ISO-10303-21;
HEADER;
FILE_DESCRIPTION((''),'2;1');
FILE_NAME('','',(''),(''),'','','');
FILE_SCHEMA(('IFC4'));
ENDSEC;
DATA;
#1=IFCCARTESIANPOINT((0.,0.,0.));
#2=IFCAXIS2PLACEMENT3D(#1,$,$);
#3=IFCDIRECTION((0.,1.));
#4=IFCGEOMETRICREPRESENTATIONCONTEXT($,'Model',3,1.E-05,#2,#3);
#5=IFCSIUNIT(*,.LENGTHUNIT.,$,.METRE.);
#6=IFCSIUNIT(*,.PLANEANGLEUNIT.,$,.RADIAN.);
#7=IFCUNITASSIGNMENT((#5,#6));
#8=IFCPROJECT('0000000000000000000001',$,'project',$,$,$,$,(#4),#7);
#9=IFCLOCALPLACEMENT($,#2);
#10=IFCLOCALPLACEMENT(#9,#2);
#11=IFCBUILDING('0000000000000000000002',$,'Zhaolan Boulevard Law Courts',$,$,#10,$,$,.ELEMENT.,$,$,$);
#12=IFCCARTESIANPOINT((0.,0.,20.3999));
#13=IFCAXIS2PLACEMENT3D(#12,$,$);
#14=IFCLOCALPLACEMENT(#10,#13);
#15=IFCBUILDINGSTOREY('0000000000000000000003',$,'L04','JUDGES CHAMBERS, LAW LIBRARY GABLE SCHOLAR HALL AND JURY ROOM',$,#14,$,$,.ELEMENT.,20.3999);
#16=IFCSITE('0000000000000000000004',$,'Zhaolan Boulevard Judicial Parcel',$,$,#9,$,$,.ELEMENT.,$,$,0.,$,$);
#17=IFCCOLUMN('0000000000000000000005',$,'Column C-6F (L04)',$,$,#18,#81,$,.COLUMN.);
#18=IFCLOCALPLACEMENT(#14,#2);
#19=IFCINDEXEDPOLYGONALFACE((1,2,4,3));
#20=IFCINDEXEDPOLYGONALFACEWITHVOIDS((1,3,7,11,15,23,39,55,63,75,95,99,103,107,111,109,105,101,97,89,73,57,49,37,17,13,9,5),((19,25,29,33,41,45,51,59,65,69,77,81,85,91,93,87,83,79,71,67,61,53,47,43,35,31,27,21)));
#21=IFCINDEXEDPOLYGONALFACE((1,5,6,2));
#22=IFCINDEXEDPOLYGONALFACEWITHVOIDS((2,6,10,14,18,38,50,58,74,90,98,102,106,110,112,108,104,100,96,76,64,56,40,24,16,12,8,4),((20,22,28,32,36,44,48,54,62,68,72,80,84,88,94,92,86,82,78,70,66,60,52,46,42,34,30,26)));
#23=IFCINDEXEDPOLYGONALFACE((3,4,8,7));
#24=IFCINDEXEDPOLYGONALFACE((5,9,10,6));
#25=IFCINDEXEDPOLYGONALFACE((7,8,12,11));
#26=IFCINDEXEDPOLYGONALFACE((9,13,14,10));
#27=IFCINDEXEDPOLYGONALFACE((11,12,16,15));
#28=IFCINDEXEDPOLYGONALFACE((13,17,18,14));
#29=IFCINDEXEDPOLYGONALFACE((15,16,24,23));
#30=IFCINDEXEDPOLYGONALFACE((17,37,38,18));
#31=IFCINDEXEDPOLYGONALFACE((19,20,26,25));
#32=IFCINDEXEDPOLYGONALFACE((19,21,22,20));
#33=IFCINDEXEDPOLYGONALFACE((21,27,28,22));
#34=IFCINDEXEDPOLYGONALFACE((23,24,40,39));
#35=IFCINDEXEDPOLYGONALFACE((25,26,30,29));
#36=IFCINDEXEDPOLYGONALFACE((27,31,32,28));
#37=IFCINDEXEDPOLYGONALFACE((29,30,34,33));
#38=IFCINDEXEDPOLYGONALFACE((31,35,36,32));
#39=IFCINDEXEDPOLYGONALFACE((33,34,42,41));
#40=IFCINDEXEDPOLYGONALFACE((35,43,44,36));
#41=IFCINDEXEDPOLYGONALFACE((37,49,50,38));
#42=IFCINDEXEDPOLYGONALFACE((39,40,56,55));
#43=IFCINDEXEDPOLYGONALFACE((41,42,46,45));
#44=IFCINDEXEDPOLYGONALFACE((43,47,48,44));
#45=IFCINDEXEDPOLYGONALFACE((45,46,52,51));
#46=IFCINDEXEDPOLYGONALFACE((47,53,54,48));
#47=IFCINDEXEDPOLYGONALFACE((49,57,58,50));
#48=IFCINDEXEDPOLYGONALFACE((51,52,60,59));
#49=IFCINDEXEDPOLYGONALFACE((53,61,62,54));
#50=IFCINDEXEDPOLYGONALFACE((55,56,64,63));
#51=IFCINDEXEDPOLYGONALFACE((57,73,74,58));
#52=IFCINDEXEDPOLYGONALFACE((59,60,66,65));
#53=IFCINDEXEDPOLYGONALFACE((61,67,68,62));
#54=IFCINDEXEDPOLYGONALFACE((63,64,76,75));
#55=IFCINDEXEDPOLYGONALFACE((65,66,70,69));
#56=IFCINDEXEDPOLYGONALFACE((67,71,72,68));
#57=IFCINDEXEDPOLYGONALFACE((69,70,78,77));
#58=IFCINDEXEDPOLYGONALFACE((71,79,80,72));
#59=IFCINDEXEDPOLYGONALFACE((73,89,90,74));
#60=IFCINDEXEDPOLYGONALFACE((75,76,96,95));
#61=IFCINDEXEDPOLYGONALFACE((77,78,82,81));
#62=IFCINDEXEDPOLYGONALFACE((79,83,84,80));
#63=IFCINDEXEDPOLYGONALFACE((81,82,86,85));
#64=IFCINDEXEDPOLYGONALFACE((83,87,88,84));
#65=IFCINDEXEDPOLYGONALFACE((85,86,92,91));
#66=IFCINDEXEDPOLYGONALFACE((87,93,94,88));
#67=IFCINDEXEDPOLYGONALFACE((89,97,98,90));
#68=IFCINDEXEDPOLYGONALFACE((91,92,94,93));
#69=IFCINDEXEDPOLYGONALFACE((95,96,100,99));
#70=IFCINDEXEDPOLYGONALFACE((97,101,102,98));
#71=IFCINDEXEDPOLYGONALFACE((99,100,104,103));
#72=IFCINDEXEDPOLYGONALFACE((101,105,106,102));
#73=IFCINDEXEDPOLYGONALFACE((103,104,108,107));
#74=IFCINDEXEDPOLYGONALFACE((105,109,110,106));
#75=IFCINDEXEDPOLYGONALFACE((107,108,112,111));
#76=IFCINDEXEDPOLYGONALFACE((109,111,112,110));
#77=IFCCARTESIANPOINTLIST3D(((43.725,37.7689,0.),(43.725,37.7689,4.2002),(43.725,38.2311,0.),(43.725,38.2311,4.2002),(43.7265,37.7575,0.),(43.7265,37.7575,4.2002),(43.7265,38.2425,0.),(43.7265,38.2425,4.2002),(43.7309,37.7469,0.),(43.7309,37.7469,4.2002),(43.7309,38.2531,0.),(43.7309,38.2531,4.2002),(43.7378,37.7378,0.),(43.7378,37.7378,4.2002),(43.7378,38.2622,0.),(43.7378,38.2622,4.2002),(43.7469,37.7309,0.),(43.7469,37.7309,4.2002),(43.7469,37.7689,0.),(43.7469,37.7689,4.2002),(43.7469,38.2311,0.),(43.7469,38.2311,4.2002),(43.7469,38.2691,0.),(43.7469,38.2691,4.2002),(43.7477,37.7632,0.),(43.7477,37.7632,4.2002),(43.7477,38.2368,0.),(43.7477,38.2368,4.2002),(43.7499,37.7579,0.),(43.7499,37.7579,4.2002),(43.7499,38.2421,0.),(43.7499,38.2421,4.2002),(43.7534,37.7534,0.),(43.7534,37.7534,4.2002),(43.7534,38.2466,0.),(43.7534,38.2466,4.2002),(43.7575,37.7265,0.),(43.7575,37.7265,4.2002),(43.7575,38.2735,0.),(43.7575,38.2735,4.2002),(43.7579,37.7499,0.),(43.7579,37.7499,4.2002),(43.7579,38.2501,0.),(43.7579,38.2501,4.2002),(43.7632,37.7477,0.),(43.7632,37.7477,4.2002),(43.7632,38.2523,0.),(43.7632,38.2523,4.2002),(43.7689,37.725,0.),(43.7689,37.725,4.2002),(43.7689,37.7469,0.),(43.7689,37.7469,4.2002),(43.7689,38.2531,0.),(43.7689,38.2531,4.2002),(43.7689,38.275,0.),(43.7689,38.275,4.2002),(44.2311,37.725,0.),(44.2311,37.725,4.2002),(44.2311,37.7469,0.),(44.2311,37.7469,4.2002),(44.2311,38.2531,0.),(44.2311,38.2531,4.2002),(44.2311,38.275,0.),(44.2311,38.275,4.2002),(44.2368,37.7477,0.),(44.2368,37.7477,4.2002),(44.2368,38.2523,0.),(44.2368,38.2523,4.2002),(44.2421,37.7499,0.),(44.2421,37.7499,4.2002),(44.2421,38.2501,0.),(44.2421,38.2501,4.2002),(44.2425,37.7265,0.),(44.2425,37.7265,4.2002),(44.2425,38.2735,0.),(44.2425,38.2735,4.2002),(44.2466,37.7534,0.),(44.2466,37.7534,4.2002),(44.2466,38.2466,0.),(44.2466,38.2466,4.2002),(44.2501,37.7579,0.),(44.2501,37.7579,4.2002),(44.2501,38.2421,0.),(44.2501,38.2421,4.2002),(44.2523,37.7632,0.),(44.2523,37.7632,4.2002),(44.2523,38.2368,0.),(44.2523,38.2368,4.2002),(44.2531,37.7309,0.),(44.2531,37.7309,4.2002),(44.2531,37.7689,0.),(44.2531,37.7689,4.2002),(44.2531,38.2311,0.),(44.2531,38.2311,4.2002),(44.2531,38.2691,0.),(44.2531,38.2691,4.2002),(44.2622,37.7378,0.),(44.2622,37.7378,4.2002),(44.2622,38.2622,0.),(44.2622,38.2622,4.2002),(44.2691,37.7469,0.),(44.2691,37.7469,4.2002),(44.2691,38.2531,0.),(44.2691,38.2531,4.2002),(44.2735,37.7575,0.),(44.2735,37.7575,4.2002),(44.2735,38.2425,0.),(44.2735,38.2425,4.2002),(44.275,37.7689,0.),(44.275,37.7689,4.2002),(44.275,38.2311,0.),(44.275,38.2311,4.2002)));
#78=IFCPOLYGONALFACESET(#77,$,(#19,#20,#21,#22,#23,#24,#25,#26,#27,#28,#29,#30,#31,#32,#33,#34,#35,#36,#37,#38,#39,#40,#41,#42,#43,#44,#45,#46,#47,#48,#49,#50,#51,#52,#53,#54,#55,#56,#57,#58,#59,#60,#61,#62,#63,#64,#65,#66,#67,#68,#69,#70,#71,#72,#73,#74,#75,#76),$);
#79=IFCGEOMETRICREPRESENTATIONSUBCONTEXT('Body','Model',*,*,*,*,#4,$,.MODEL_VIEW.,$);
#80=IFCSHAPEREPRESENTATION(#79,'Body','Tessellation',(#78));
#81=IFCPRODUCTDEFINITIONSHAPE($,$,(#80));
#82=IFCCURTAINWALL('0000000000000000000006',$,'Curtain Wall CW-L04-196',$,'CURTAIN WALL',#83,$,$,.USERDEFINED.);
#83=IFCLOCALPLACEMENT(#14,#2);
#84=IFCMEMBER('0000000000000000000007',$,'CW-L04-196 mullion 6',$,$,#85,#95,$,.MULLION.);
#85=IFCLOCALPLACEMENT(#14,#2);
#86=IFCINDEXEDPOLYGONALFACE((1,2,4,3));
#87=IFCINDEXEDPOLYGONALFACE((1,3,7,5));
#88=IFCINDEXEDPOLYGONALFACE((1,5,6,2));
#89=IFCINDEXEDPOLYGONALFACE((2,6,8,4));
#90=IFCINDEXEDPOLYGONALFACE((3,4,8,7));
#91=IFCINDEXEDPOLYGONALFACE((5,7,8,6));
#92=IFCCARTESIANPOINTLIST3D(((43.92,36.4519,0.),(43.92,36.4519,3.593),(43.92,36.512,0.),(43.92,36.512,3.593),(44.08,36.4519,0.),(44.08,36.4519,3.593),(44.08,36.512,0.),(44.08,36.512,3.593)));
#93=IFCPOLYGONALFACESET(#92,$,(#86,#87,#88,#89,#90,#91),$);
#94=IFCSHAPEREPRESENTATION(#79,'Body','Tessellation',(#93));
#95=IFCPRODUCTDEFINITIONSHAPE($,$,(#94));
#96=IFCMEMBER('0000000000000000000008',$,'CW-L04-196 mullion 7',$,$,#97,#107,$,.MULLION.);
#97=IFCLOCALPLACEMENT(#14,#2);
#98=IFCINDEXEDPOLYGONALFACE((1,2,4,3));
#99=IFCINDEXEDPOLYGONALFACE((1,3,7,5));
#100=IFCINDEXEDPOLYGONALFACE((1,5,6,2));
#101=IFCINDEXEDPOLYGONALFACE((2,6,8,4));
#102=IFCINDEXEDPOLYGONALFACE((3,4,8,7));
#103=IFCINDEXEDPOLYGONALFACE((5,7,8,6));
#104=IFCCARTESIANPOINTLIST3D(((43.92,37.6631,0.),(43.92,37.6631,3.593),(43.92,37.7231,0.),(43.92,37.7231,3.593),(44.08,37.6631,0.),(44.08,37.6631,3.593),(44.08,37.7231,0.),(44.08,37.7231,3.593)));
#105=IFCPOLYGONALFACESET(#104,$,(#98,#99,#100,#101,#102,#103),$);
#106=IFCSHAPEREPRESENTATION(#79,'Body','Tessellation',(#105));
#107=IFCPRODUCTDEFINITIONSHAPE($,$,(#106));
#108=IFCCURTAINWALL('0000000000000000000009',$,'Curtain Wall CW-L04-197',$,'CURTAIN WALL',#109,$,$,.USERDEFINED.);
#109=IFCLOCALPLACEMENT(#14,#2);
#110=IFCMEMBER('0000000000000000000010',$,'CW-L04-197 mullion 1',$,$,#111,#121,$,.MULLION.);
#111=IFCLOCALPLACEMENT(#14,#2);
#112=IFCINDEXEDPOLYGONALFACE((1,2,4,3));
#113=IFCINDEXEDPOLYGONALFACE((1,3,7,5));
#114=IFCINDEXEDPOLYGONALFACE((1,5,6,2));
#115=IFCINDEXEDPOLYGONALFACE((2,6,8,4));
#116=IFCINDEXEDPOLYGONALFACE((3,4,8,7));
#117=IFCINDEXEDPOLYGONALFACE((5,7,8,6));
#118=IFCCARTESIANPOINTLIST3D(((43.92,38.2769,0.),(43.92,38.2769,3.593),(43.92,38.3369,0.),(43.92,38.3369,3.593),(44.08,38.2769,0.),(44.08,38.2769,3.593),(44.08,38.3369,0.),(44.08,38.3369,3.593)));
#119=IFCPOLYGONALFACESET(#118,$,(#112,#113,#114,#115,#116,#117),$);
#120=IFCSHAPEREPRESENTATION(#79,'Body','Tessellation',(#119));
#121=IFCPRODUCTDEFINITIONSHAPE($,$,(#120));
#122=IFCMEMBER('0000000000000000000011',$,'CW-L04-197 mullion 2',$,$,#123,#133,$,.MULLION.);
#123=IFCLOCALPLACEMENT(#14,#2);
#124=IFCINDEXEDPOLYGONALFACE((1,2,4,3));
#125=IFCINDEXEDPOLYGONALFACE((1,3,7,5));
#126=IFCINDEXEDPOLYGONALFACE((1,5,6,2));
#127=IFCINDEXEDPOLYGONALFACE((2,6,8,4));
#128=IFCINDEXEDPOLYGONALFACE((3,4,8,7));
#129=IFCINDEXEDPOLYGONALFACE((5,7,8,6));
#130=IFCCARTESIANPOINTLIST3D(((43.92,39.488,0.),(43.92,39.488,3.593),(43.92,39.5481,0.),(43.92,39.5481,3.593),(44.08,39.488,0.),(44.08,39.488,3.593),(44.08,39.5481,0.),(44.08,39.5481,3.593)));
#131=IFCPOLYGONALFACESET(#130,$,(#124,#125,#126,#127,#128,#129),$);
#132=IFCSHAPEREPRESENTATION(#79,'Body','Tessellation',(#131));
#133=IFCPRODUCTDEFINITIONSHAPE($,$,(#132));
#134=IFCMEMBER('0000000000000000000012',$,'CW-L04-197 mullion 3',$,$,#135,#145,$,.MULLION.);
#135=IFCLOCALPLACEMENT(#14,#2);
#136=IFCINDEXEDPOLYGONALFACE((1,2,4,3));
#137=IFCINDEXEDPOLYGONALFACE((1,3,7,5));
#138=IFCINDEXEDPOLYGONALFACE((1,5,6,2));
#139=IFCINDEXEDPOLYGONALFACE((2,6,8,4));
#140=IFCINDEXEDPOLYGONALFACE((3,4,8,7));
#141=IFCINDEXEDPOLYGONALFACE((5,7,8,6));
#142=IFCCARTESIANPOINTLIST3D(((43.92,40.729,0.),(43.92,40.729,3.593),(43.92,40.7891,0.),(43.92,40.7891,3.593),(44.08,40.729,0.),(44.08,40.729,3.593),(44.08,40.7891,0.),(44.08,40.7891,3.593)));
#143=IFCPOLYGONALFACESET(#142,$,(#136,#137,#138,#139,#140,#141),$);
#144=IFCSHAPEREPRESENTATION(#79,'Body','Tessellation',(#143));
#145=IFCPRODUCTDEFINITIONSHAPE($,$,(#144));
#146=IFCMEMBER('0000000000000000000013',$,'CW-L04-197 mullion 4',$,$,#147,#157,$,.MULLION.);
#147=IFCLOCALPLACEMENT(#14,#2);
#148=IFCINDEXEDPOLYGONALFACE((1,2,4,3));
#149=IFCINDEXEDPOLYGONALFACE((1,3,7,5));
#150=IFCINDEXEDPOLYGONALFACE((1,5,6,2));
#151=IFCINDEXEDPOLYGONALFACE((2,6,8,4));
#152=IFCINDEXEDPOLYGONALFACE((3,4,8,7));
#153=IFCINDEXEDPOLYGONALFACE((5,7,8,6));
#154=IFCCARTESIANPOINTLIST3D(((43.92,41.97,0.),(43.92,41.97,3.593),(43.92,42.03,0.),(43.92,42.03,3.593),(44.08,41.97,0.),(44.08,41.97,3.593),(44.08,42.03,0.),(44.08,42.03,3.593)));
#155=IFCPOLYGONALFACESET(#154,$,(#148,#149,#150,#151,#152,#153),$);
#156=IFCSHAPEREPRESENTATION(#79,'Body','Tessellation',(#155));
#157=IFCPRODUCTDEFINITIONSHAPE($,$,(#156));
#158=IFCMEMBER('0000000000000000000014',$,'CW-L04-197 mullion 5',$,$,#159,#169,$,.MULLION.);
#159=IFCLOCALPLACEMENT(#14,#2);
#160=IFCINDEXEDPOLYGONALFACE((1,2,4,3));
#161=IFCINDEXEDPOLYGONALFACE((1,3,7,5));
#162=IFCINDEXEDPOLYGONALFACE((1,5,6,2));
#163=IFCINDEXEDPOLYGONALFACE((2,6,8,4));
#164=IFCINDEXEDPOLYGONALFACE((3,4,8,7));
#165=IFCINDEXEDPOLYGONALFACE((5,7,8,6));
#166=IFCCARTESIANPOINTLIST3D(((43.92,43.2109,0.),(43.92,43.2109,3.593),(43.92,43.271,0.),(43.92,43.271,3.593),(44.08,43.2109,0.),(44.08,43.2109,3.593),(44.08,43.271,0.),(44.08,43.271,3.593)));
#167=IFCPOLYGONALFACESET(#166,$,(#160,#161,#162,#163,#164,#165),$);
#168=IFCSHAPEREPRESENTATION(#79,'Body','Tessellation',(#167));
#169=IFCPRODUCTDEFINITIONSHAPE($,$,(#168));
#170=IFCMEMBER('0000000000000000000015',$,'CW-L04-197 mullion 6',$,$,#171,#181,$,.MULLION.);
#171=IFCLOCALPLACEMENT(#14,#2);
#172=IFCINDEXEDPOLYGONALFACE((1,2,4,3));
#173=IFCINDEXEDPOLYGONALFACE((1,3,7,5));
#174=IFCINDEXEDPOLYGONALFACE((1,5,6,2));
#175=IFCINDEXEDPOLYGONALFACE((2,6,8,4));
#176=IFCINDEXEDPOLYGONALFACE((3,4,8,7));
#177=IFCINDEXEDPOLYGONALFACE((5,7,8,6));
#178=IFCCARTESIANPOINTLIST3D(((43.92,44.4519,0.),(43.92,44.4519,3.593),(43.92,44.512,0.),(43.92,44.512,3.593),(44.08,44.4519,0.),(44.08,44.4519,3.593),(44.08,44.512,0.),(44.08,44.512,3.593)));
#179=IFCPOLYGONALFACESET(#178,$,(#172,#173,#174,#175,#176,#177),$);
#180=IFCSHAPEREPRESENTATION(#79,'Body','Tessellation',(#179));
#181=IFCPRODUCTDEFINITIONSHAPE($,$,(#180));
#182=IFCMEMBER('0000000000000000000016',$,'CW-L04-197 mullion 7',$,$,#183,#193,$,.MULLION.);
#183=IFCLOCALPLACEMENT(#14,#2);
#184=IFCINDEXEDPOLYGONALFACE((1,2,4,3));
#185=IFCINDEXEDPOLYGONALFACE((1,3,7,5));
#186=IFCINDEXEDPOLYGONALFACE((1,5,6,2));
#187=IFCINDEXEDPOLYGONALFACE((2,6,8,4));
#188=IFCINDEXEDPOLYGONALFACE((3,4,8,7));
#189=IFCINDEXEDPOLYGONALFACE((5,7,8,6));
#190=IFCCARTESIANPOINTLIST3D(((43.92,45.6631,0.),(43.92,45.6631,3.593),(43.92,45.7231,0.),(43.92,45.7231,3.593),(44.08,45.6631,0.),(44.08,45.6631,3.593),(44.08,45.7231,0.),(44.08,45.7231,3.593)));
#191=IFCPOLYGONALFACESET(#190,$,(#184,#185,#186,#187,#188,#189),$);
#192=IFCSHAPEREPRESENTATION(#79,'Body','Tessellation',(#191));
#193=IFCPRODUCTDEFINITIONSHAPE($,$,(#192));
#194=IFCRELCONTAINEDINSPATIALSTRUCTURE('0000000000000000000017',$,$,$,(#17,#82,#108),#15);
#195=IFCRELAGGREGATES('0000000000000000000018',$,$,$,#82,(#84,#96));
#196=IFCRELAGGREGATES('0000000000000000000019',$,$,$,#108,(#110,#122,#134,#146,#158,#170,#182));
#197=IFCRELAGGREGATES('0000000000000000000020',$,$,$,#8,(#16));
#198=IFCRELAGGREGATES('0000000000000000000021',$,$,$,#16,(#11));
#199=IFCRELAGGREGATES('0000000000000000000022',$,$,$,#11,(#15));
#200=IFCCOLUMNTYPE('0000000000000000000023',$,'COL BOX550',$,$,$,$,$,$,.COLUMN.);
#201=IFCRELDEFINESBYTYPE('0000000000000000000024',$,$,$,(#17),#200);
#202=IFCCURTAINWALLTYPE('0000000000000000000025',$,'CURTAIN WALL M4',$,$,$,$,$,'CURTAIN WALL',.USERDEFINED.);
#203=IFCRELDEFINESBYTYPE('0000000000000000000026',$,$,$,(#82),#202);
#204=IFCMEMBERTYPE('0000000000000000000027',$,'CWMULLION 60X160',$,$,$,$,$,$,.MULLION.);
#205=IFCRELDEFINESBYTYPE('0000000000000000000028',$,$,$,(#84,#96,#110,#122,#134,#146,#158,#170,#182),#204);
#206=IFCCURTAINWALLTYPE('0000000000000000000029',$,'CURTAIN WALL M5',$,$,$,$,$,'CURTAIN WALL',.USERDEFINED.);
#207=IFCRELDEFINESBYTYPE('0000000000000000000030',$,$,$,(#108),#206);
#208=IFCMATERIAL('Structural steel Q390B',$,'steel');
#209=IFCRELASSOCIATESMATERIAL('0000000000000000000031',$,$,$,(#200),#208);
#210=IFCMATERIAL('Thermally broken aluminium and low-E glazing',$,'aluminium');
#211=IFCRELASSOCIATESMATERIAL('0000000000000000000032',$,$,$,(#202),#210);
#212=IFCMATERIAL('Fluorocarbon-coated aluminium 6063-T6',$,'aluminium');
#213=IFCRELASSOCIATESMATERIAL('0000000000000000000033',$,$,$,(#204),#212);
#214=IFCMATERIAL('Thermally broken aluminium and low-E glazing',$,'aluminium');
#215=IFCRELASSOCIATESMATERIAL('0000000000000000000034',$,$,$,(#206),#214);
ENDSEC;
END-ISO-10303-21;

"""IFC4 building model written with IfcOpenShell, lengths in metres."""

from ifc_helpers import new_model, si_unit, direction, frame, origin, origin_2d, place, context, subcontext, project, spatial, rectangle, hollow_rectangle, extrude, material, material_profile, profile_set, type_object, element, aggregate, save


model = new_model("IFC4")

# Units and contexts
model_context = context("Model", 3, precision=1e-05, world=origin(), true_north=direction((0.0, 1.0)))
body_context = subcontext(model_context, "Body", "Model", "MODEL_VIEW")
ifc_project = project(units=[si_unit("LENGTHUNIT", "METRE"), si_unit("PLANEANGLEUNIT", "RADIAN")], contexts=[model_context])

# Site, building, storey
site_placement = place(None, origin())
site = spatial("IfcSite", under=ifc_project, at=site_placement, Name="Zhaolan Boulevard Judicial Parcel", CompositionType="ELEMENT", RefElevation=0.0)
building_placement = place(site_placement, origin())
building = spatial("IfcBuilding", under=site, at=building_placement, Name="Zhaolan Boulevard Law Courts", CompositionType="ELEMENT")
storey_placement = place(building_placement, frame((0.0, 0.0, 20.3999)))
storey = spatial("IfcBuildingStorey", under=building, at=storey_placement, Name="L04", Description="JUDGES CHAMBERS, LAW LIBRARY GABLE SCHOLAR HALL AND JURY ROOM", CompositionType="ELEMENT", Elevation=20.3999)

# Column
ifc_material_1 = material(Name="Structural steel Q390B", Category="steel")
ifc_material_profile_1 = material_profile(ifc_material_1, hollow_rectangle(XDim=0.55, YDim=0.55, WallThickness=0.022, InnerFilletRadius=0.022, OuterFilletRadius=0.0439, at=origin_2d()), Name="BOX550x550x22")
ifc_profile_set_1 = profile_set([ifc_material_profile_1], Name="Structural steel Q390B")
column_type = type_object("IfcColumnType", Name="COL BOX550", PredefinedType="COLUMN", material=ifc_profile_set_1)
column_placement = place(storey_placement, frame((44.0, 38.0, 0.0), z_axis=(0.0, 0.0, 1.0), x_axis=(1.0, 0.0, 0.0)))
element("IfcColumn", 1, at=column_placement, inside=storey, type_object=column_type, Name="Column C-6F (L04)", PredefinedType="COLUMN", context=body_context, shape_type="SweptSolid", body=[
    extrude(hollow_rectangle(XDim=0.55, YDim=0.55, WallThickness=0.022, InnerFilletRadius=0.022, OuterFilletRadius=0.0439, at=origin_2d()), origin(), (0.0, 0.0, 1.0), 4.2002),
])

# Curtain walls, members
ifc_material_2 = material(Name="Thermally broken aluminium and low-E glazing", Category="aluminium")
curtain_wall_type_1 = type_object("IfcCurtainWallType", Name="CURTAIN WALL M4", ElementType="CURTAIN WALL", PredefinedType="USERDEFINED", material=ifc_material_2)
curtain_wall_1_placement = place(storey_placement, origin())
curtain_wall_1 = element("IfcCurtainWall", 2, at=curtain_wall_1_placement, inside=storey, type_object=curtain_wall_type_1, Name="Curtain Wall CW-L04-196", ObjectType="CURTAIN WALL", PredefinedType="USERDEFINED")
ifc_material_3 = material(Name="Fluorocarbon-coated aluminium 6063-T6", Category="aluminium")
ifc_material_profile_2 = material_profile(ifc_material_3, rectangle(XDim=0.1599, YDim=0.0601, at=origin_2d()), Name="AL60x160")
ifc_profile_set_2 = profile_set([ifc_material_profile_2], Name="Fluorocarbon-coated aluminium 6063-T6")
member_type_1 = type_object("IfcMemberType", Name="CWMULLION 60X160", PredefinedType="MULLION", material=ifc_profile_set_2)
member_1_placement = place(storey_placement, frame((44.0, 36.4819, 0.0), z_axis=(0.0, 0.0, 1.0), x_axis=(-1.0, 0.0, 0.0)))
member_1 = element("IfcMember", 3, at=member_1_placement, type_object=member_type_1, Name="CW-L04-196 mullion 6", PredefinedType="MULLION", context=body_context, shape_type="SweptSolid", body=[
    extrude(rectangle(XDim=0.1599, YDim=0.0601, at=origin_2d()), origin(), (0.0, 0.0, 1.0), 3.593),
])
member_2_placement = place(storey_placement, frame((44.0, 37.6931, 0.0), z_axis=(0.0, 0.0, 1.0), x_axis=(-1.0, 0.0, 0.0)))
member_2 = element("IfcMember", 4, at=member_2_placement, type_object=member_type_1, Name="CW-L04-196 mullion 7", PredefinedType="MULLION", context=body_context, shape_type="SweptSolid", body=[
    extrude(rectangle(XDim=0.1599, YDim=0.0601, at=origin_2d()), origin(), (0.0, 0.0, 1.0), 3.593),
])
ifc_material_4 = material(Name="Thermally broken aluminium and low-E glazing", Category="aluminium")
curtain_wall_type_2 = type_object("IfcCurtainWallType", Name="CURTAIN WALL M5", ElementType="CURTAIN WALL", PredefinedType="USERDEFINED", material=ifc_material_4)
curtain_wall_2_placement = place(storey_placement, origin())
curtain_wall_2 = element("IfcCurtainWall", 5, at=curtain_wall_2_placement, inside=storey, type_object=curtain_wall_type_2, Name="Curtain Wall CW-L04-197", ObjectType="CURTAIN WALL", PredefinedType="USERDEFINED")
member_3_placement = place(storey_placement, frame((44.0, 38.3069, 0.0), z_axis=(0.0, 0.0, 1.0), x_axis=(-1.0, 0.0, 0.0)))
member_3 = element("IfcMember", 6, at=member_3_placement, type_object=member_type_1, Name="CW-L04-197 mullion 1", PredefinedType="MULLION", context=body_context, shape_type="SweptSolid", body=[
    extrude(rectangle(XDim=0.1599, YDim=0.0601, at=origin_2d()), origin(), (0.0, 0.0, 1.0), 3.593),
])
member_4_placement = place(storey_placement, frame((44.0, 39.5181, 0.0), z_axis=(0.0, 0.0, 1.0), x_axis=(-1.0, 0.0, 0.0)))
member_4 = element("IfcMember", 7, at=member_4_placement, type_object=member_type_1, Name="CW-L04-197 mullion 2", PredefinedType="MULLION", context=body_context, shape_type="SweptSolid", body=[
    extrude(rectangle(XDim=0.1599, YDim=0.0601, at=origin_2d()), origin(), (0.0, 0.0, 1.0), 3.593),
])
member_5_placement = place(storey_placement, frame((44.0, 40.759, 0.0), z_axis=(0.0, 0.0, 1.0), x_axis=(-1.0, 0.0, 0.0)))
member_5 = element("IfcMember", 8, at=member_5_placement, type_object=member_type_1, Name="CW-L04-197 mullion 3", PredefinedType="MULLION", context=body_context, shape_type="SweptSolid", body=[
    extrude(rectangle(XDim=0.1599, YDim=0.0601, at=origin_2d()), origin(), (0.0, 0.0, 1.0), 3.593),
])
member_6_placement = place(storey_placement, frame((44.0, 42.0, 0.0), z_axis=(0.0, 0.0, 1.0), x_axis=(-1.0, 0.0, 0.0)))
member_6 = element("IfcMember", 9, at=member_6_placement, type_object=member_type_1, Name="CW-L04-197 mullion 4", PredefinedType="MULLION", context=body_context, shape_type="SweptSolid", body=[
    extrude(rectangle(XDim=0.1599, YDim=0.0601, at=origin_2d()), origin(), (0.0, 0.0, 1.0), 3.593),
])
member_7_placement = place(storey_placement, frame((44.0, 43.241, 0.0), z_axis=(0.0, 0.0, 1.0), x_axis=(-1.0, 0.0, 0.0)))
member_7 = element("IfcMember", 10, at=member_7_placement, type_object=member_type_1, Name="CW-L04-197 mullion 5", PredefinedType="MULLION", context=body_context, shape_type="SweptSolid", body=[
    extrude(rectangle(XDim=0.1599, YDim=0.0601, at=origin_2d()), origin(), (0.0, 0.0, 1.0), 3.593),
])
member_8_placement = place(storey_placement, frame((44.0, 44.4819, 0.0), z_axis=(0.0, 0.0, 1.0), x_axis=(-1.0, 0.0, 0.0)))
member_8 = element("IfcMember", 11, at=member_8_placement, type_object=member_type_1, Name="CW-L04-197 mullion 6", PredefinedType="MULLION", context=body_context, shape_type="SweptSolid", body=[
    extrude(rectangle(XDim=0.1599, YDim=0.0601, at=origin_2d()), origin(), (0.0, 0.0, 1.0), 3.593),
])
member_9_placement = place(storey_placement, frame((44.0, 45.6931, 0.0), z_axis=(0.0, 0.0, 1.0), x_axis=(-1.0, 0.0, 0.0)))
member_9 = element("IfcMember", 12, at=member_9_placement, type_object=member_type_1, Name="CW-L04-197 mullion 7", PredefinedType="MULLION", context=body_context, shape_type="SweptSolid", body=[
    extrude(rectangle(XDim=0.1599, YDim=0.0601, at=origin_2d()), origin(), (0.0, 0.0, 1.0), 3.593),
])

aggregate(curtain_wall_1, [member_1, member_2])
aggregate(curtain_wall_2, [member_3, member_4, member_5, member_6, member_7, member_8, member_9])

save(model, "model.ifc")
